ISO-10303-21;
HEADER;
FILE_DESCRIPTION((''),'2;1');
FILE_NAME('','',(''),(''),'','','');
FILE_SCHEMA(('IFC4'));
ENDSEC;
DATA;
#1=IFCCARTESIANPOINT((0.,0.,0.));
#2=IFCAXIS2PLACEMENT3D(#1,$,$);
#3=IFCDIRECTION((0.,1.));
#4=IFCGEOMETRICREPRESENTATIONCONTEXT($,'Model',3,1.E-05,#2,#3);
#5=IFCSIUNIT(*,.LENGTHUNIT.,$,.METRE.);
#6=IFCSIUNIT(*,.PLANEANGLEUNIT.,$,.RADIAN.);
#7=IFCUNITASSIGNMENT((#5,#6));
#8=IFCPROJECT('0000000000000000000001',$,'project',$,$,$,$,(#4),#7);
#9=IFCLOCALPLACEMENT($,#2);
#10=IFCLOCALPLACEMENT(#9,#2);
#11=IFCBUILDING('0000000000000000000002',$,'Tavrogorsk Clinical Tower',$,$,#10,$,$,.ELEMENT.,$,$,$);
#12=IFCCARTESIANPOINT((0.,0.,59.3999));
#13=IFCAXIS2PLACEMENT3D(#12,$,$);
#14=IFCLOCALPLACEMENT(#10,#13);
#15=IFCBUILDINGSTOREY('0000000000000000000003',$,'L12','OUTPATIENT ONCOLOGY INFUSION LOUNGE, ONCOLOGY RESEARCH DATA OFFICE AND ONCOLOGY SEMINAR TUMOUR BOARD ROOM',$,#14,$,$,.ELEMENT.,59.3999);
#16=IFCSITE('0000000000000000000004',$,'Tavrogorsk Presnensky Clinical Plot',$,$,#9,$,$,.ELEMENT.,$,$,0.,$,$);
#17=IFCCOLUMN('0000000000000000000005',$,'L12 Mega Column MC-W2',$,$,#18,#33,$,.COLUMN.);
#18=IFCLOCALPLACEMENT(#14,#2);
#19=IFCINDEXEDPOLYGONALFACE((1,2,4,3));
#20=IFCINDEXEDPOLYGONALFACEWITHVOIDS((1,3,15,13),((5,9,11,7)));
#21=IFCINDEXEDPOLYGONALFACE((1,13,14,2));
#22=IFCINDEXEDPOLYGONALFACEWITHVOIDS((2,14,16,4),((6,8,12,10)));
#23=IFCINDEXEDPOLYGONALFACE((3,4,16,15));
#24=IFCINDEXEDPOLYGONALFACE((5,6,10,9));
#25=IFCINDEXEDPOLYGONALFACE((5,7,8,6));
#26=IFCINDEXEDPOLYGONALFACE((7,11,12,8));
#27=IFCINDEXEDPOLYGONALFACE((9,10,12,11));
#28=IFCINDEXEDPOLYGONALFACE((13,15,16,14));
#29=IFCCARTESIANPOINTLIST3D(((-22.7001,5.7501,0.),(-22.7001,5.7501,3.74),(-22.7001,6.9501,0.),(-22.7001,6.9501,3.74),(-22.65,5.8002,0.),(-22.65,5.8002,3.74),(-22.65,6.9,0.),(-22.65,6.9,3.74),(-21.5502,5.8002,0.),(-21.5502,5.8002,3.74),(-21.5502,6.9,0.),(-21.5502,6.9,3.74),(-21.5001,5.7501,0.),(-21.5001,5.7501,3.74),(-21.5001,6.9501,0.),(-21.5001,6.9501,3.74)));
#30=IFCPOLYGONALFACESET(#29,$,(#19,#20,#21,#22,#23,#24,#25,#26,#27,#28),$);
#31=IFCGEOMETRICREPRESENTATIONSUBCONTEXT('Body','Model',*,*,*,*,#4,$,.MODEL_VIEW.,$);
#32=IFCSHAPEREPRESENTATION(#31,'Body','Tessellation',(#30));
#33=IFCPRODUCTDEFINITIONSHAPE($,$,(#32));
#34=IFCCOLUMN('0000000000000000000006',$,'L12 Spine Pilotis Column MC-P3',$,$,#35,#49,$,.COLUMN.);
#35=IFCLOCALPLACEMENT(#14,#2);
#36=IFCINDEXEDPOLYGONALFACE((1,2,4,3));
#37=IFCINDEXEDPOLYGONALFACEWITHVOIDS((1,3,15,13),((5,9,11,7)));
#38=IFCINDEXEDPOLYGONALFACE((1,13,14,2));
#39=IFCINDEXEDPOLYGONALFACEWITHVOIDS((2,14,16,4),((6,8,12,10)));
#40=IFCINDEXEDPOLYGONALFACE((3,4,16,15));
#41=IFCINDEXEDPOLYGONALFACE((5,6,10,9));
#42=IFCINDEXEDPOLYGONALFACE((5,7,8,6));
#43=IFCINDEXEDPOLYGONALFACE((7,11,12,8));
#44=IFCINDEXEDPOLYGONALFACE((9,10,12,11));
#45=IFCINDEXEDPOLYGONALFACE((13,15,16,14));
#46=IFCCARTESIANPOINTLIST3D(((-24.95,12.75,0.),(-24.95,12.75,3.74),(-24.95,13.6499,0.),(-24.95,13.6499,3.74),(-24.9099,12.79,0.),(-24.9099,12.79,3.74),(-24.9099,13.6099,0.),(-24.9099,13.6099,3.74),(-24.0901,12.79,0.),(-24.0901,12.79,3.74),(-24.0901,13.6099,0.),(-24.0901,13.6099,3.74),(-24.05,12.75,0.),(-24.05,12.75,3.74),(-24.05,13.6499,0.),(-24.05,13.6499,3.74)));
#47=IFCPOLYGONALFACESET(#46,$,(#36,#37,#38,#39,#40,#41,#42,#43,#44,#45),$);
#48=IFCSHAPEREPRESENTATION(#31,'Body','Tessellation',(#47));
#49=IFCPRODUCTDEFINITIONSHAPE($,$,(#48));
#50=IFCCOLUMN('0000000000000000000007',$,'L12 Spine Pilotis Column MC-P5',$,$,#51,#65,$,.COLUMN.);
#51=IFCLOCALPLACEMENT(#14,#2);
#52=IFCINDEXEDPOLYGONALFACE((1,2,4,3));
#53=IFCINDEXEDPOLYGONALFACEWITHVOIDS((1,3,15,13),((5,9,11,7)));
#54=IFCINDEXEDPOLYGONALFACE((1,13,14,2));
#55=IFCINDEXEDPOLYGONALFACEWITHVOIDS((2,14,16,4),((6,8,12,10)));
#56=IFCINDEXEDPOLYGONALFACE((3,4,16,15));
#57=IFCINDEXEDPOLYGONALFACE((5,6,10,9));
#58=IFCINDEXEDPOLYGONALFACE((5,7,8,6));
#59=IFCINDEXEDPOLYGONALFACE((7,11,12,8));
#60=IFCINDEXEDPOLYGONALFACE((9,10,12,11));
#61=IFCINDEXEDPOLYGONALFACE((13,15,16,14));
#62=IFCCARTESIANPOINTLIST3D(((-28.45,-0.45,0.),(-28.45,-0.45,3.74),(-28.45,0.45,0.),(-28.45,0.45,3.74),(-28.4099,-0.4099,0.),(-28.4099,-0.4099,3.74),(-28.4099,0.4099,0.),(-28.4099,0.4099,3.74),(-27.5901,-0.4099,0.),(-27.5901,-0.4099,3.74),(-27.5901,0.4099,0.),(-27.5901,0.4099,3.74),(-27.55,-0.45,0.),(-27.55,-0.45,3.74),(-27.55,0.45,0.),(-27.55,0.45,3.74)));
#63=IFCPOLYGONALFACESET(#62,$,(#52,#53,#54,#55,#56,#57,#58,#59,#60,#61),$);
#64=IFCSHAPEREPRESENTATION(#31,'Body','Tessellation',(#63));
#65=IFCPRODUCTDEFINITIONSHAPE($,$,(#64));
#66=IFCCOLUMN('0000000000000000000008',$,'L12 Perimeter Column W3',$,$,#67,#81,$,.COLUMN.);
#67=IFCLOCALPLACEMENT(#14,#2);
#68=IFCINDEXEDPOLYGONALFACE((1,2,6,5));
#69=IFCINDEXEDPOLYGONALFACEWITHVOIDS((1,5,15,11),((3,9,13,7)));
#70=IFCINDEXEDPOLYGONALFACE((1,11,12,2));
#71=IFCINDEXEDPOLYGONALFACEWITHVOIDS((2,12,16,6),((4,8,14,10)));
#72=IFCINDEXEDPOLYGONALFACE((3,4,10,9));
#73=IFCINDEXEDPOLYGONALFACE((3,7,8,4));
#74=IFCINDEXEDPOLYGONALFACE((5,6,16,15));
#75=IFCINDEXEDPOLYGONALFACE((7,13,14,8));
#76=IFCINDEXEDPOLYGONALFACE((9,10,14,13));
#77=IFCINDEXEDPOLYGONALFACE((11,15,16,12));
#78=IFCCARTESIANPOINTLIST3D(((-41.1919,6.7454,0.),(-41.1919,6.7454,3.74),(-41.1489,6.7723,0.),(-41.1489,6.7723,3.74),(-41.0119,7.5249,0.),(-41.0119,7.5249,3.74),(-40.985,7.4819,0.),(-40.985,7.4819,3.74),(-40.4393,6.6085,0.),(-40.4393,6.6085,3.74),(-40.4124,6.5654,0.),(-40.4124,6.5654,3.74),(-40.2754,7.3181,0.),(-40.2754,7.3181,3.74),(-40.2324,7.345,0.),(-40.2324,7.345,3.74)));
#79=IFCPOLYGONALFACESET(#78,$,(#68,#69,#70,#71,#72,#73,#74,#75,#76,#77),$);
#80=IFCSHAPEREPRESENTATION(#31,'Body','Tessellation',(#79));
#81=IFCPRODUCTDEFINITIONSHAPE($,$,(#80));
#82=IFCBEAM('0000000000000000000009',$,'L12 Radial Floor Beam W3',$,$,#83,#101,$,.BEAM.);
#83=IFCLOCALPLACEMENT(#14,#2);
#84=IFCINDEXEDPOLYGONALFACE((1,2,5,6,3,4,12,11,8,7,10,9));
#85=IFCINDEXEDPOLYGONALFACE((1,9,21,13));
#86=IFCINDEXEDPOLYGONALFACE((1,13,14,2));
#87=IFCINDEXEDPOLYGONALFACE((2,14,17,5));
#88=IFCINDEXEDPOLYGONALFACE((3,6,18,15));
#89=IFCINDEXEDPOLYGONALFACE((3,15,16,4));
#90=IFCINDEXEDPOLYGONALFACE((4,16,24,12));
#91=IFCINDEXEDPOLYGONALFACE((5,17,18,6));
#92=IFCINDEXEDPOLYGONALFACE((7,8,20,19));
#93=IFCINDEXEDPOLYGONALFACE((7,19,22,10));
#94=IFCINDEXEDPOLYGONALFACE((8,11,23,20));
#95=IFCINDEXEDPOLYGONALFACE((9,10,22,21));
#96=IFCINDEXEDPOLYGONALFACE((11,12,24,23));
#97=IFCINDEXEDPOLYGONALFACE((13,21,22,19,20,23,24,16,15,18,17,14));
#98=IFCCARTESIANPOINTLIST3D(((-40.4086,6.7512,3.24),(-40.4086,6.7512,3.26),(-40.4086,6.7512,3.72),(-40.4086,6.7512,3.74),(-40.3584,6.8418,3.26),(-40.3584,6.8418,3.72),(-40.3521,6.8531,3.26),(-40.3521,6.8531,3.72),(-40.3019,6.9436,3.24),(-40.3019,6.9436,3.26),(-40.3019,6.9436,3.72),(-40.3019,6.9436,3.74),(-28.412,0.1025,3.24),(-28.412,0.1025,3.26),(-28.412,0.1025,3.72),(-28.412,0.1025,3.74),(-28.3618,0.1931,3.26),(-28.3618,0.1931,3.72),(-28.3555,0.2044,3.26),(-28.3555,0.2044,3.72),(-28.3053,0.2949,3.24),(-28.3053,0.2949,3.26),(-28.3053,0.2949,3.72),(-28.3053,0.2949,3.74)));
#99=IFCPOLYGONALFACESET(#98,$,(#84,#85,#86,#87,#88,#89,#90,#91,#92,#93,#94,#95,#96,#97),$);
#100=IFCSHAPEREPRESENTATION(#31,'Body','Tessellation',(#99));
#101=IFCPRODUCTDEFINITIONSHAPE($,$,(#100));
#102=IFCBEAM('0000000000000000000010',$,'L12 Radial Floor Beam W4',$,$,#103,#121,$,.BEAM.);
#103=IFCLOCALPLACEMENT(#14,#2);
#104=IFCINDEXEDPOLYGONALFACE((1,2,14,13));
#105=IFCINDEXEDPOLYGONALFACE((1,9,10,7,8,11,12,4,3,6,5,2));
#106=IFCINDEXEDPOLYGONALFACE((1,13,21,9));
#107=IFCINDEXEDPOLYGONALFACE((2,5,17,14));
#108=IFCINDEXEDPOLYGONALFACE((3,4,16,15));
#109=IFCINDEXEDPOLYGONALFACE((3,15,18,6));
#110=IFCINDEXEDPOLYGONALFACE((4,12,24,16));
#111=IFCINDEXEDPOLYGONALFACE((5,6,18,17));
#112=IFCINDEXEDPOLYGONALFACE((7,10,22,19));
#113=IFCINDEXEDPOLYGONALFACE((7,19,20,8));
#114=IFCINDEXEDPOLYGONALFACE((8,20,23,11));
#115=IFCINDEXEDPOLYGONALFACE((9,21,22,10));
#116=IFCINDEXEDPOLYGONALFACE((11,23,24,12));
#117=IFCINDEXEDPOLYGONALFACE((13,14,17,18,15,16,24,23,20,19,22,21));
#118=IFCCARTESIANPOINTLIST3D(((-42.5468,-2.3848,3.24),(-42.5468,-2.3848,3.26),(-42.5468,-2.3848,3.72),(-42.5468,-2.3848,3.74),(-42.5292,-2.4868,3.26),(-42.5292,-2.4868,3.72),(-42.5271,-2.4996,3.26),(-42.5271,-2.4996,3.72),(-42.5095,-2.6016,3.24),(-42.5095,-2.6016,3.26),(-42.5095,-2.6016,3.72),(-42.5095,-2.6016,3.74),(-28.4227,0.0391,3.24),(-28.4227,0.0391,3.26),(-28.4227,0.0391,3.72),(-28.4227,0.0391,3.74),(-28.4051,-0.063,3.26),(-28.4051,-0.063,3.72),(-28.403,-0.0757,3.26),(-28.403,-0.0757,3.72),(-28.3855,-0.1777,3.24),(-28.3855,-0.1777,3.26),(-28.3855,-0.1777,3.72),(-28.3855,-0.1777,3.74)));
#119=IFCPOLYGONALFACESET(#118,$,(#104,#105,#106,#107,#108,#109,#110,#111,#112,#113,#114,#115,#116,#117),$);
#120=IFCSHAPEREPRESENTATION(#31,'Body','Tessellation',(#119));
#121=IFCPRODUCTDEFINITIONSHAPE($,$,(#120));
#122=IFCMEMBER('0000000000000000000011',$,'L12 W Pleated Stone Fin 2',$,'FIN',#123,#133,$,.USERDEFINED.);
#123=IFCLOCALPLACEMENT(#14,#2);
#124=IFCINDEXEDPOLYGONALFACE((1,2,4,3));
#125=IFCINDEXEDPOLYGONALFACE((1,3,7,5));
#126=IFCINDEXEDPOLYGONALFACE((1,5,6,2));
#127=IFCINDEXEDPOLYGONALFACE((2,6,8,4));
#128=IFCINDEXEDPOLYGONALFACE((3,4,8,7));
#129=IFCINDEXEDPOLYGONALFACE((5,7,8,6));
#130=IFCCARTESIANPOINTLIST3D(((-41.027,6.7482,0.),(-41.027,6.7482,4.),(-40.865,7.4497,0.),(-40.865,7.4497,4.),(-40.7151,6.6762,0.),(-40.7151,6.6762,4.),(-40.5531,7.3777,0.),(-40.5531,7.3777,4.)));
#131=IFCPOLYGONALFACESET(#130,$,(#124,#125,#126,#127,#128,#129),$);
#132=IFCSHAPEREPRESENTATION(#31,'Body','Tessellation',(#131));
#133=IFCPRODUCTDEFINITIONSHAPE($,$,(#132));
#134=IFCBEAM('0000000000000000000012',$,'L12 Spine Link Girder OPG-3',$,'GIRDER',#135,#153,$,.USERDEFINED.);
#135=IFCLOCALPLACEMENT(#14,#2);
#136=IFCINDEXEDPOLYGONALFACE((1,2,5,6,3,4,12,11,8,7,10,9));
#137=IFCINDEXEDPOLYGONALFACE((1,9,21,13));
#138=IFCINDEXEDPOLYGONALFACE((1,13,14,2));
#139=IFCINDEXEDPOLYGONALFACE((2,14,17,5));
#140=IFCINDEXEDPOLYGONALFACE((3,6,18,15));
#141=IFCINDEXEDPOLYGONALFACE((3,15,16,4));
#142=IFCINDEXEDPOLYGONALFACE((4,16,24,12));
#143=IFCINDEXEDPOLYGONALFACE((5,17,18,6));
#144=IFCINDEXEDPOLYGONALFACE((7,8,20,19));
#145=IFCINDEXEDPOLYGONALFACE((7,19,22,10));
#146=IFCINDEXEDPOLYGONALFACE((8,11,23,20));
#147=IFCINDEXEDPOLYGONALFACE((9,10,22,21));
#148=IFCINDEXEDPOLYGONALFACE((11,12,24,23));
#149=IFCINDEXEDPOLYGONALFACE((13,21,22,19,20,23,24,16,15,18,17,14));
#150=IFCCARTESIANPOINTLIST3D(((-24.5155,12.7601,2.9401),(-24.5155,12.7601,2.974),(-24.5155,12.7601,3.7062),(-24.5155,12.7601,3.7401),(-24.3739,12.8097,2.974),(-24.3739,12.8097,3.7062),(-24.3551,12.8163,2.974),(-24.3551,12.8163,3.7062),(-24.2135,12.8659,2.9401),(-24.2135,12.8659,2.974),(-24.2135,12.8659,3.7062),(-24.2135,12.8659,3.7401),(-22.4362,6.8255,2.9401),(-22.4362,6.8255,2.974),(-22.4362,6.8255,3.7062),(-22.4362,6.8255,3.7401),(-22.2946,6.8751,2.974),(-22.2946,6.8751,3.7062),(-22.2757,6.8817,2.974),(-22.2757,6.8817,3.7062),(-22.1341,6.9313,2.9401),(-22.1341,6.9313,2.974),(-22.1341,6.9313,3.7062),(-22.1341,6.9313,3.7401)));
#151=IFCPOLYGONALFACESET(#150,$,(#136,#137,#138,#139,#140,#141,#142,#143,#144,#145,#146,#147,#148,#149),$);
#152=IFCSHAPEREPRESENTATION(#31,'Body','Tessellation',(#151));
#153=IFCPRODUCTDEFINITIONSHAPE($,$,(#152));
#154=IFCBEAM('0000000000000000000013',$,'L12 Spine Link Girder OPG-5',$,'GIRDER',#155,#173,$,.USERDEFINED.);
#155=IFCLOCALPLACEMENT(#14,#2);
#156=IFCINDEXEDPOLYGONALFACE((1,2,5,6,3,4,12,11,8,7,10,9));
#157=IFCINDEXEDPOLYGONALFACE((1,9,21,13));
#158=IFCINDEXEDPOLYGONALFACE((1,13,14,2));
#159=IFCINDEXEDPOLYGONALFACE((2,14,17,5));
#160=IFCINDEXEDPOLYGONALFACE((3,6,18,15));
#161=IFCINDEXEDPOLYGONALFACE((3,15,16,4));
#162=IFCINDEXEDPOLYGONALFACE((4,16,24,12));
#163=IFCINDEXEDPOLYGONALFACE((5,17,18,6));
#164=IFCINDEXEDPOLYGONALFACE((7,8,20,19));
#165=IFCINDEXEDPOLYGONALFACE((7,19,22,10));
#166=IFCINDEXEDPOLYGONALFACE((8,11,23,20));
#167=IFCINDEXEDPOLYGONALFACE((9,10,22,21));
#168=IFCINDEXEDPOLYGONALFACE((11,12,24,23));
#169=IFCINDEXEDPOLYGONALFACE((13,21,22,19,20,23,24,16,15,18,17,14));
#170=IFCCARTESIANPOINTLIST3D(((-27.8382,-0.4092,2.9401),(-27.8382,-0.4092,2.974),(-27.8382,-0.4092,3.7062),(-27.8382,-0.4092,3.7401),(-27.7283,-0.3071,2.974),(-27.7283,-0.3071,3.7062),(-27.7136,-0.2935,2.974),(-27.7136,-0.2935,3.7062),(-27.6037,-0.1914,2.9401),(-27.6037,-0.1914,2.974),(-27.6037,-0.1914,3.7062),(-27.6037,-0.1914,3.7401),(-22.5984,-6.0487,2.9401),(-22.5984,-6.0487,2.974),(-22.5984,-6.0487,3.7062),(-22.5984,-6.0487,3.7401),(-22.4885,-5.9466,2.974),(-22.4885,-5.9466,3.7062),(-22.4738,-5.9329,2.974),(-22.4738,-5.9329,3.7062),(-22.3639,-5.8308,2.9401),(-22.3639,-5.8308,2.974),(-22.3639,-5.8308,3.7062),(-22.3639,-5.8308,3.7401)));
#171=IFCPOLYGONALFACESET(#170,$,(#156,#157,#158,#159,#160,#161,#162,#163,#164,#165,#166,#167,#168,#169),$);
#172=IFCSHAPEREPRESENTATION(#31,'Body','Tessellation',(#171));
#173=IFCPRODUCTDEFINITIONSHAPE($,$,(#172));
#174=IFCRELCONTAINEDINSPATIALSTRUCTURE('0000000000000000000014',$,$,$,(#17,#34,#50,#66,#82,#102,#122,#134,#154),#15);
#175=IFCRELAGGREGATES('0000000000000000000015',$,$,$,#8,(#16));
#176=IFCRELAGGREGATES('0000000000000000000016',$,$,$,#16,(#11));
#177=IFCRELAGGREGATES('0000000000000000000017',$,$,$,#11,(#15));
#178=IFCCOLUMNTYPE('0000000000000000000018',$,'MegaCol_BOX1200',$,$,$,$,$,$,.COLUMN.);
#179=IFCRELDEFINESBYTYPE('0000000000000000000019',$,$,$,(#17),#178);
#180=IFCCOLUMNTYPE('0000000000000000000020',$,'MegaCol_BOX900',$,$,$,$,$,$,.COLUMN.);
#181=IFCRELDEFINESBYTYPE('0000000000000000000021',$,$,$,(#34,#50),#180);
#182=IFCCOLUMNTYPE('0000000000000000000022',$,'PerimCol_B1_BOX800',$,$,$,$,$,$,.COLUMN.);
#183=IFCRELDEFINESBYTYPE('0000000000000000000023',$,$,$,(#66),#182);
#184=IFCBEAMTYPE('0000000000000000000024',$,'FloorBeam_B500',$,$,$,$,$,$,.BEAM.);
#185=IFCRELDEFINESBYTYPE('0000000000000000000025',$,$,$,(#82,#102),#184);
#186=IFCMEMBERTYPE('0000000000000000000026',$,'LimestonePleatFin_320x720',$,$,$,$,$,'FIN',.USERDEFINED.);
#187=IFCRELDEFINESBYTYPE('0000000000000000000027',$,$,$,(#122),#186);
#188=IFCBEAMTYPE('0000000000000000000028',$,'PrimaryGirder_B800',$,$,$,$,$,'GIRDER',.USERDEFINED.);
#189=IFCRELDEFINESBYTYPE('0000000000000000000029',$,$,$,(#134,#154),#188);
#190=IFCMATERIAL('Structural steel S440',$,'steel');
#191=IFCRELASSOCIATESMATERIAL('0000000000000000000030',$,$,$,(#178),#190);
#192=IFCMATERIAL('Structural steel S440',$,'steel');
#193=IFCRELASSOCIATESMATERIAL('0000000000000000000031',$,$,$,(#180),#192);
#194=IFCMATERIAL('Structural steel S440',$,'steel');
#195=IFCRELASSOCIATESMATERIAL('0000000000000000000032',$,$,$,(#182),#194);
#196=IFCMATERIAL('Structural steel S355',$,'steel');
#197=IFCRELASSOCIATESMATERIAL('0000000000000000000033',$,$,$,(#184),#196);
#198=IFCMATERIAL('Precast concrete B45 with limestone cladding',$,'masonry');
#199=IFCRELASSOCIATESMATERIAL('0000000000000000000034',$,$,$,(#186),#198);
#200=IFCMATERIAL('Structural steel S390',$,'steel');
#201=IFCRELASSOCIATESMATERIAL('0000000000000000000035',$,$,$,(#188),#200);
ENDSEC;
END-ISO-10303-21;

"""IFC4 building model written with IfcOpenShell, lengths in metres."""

from ifc_helpers import new_model, si_unit, direction, frame, origin, origin_2d, place, context, subcontext, project, spatial, rectangle, hollow_rectangle, i_section, extrude, material, material_profile, profile_set, type_object, element, save


model = new_model("IFC4")

# Units and contexts
model_context = context("Model", 3, precision=1e-05, world=origin(), true_north=direction((0.0, 1.0)))
body_context = subcontext(model_context, "Body", "Model", "MODEL_VIEW")
ifc_project = project(units=[si_unit("LENGTHUNIT", "METRE"), si_unit("PLANEANGLEUNIT", "RADIAN")], contexts=[model_context])

# Site, building, storey
site_placement = place(None, origin())
site = spatial("IfcSite", under=ifc_project, at=site_placement, Name="Tavrogorsk Presnensky Clinical Plot", CompositionType="ELEMENT", RefElevation=0.0)
building_placement = place(site_placement, origin())
building = spatial("IfcBuilding", under=site, at=building_placement, Name="Tavrogorsk Clinical Tower", CompositionType="ELEMENT")
storey_placement = place(building_placement, frame((0.0, 0.0, 59.3999)))
storey = spatial("IfcBuildingStorey", under=building, at=storey_placement, Name="L12", Description="OUTPATIENT ONCOLOGY INFUSION LOUNGE, ONCOLOGY RESEARCH DATA OFFICE AND ONCOLOGY SEMINAR TUMOUR BOARD ROOM", CompositionType="ELEMENT", Elevation=59.3999)

# Columns
ifc_material_1 = material(Name="Structural steel S440", Category="steel")
ifc_material_profile_1 = material_profile(ifc_material_1, hollow_rectangle(XDim=1.2, YDim=1.2, WallThickness=0.05, at=origin_2d()), Name="BOX-1200x1200x50")
ifc_profile_set_1 = profile_set([ifc_material_profile_1], Name="Structural steel S440")
column_type_1 = type_object("IfcColumnType", Name="MegaCol_BOX1200", PredefinedType="COLUMN", material=ifc_profile_set_1)
column_1_placement = place(storey_placement, frame((-22.1001, 6.3501, 0.0), z_axis=(0.0, 0.0, 1.0), x_axis=(1.0, 0.0, 0.0)))
element("IfcColumn", 1, at=column_1_placement, inside=storey, type_object=column_type_1, Name="L12 Mega Column MC-W2", PredefinedType="COLUMN", context=body_context, shape_type="SweptSolid", body=[
    extrude(hollow_rectangle(XDim=1.2, YDim=1.2, WallThickness=0.05, at=origin_2d()), origin(), (0.0, 0.0, 1.0), 3.74),
])
ifc_material_2 = material(Name="Structural steel S440", Category="steel")
ifc_material_profile_2 = material_profile(ifc_material_2, hollow_rectangle(XDim=0.8999, YDim=0.8999, WallThickness=0.04, at=origin_2d()), Name="BOX-900x900x40")
ifc_profile_set_2 = profile_set([ifc_material_profile_2], Name="Structural steel S440")
column_type_2 = type_object("IfcColumnType", Name="MegaCol_BOX900", PredefinedType="COLUMN", material=ifc_profile_set_2)
for number, where, z_axis, x_axis, name in (
    (2, (-24.5, 13.2, 0.0), (0.0, 0.0, 1.0), (1.0, 0.0, 0.0), "L12 Spine Pilotis Column MC-P3"),
    (3, (-28.0, 0.0, 0.0), (0.0, 0.0, 1.0), (1.0, 0.0, 0.0), "L12 Spine Pilotis Column MC-P5"),
):
    element("IfcColumn", number, at=place(storey_placement, frame(where, z_axis=z_axis, x_axis=x_axis)), inside=storey, type_object=column_type_2, Name=name, PredefinedType="COLUMN", context=body_context, shape_type="SweptSolid", body=[
        extrude(hollow_rectangle(XDim=0.8999, YDim=0.8999, WallThickness=0.04, at=origin_2d()), origin(), (0.0, 0.0, 1.0), 3.74),
    ])
ifc_material_3 = material(Name="Structural steel S440", Category="steel")
ifc_material_profile_3 = material_profile(ifc_material_3, hollow_rectangle(XDim=0.8, YDim=0.8, WallThickness=0.0359, at=origin_2d()), Name="BOX-800x800x36")
ifc_profile_set_3 = profile_set([ifc_material_profile_3], Name="Structural steel S440")
column_type_3 = type_object("IfcColumnType", Name="PerimCol_B1_BOX800", PredefinedType="COLUMN", material=ifc_profile_set_3)
column_2_placement = place(storey_placement, frame((-40.7122, 7.0452, 0.0), z_axis=(0.0, 0.0, 1.0), x_axis=(0.97437, -0.224951, 0.0)))
element("IfcColumn", 4, at=column_2_placement, inside=storey, type_object=column_type_3, Name="L12 Perimeter Column W3", PredefinedType="COLUMN", context=body_context, shape_type="SweptSolid", body=[
    extrude(hollow_rectangle(XDim=0.8, YDim=0.8, WallThickness=0.0359, at=origin_2d()), origin(), (0.0, 0.0, 1.0), 3.74),
])

# Beams
ifc_material_4 = material(Name="Structural steel S355", Category="steel")
ifc_material_profile_4 = material_profile(ifc_material_4, i_section(OverallWidth=0.22, OverallDepth=0.5, WebThickness=0.0129, FlangeThickness=0.02, at=origin_2d()), Name="B-500x220x13x20")
ifc_profile_set_4 = profile_set([ifc_material_profile_4], Name="Structural steel S355")
beam_type_1 = type_object("IfcBeamType", Name="FloorBeam_B500", PredefinedType="BEAM", material=ifc_profile_set_4)
beam_1_placement = place(storey_placement, frame((-28.3586, 0.1987, 3.49), z_axis=(-0.874655, 0.484746, 0.0), x_axis=(-0.484746, -0.874655, 0.0)))
element("IfcBeam", 5, at=beam_1_placement, inside=storey, type_object=beam_type_1, Name="L12 Radial Floor Beam W3", PredefinedType="BEAM", context=body_context, shape_type="SweptSolid", body=[
    extrude(i_section(OverallWidth=0.22, OverallDepth=0.5, WebThickness=0.0129, FlangeThickness=0.02, at=origin_2d()), origin(), (0.0, 0.0, 1.0), 13.7158),
])
beam_2_placement = place(storey_placement, frame((-28.4041, -0.0693, 3.49), z_axis=(-0.985592, -0.169138, 0.0), x_axis=(0.169138, -0.985592, 0.0)))
element("IfcBeam", 6, at=beam_2_placement, inside=storey, type_object=beam_type_1, Name="L12 Radial Floor Beam W4", PredefinedType="BEAM", context=body_context, shape_type="SweptSolid", body=[
    extrude(i_section(OverallWidth=0.22, OverallDepth=0.5, WebThickness=0.0129, FlangeThickness=0.02, at=origin_2d()), origin(), (0.0, 0.0, 1.0), 14.3306),
])

# Member
ifc_material_5 = material(Name="Precast concrete B45 with limestone cladding", Category="masonry")
ifc_material_profile_5 = material_profile(ifc_material_5, rectangle(XDim=0.3201, YDim=0.72, at=origin_2d()), Name="LIMESTONE-FIN-320x720")
ifc_profile_set_5 = profile_set([ifc_material_profile_5], Name="Precast concrete B45 with limestone cladding")
member_type = type_object("IfcMemberType", Name="LimestonePleatFin_320x720", ElementType="FIN", PredefinedType="USERDEFINED", material=ifc_profile_set_5)
member_placement = place(storey_placement, frame((-40.79, 7.063, 0.0), z_axis=(0.0, 0.0, 1.0), x_axis=(0.97437, -0.224951, 0.0)))
element("IfcMember", 7, at=member_placement, inside=storey, type_object=member_type, Name="L12 W Pleated Stone Fin 2", ObjectType="FIN", PredefinedType="USERDEFINED", context=body_context, shape_type="SweptSolid", body=[
    extrude(rectangle(XDim=0.3201, YDim=0.72, at=origin_2d()), origin(), (0.0, 0.0, 1.0), 4.0),
])

# Beams
ifc_material_6 = material(Name="Structural steel S390", Category="steel")
ifc_material_profile_6 = material_profile(ifc_material_6, i_section(OverallWidth=0.3201, OverallDepth=0.8, WebThickness=0.02, FlangeThickness=0.0339, at=origin_2d()), Name="B-800x320x20x34")
ifc_profile_set_6 = profile_set([ifc_material_profile_6], Name="Structural steel S390")
beam_type_2 = type_object("IfcBeamType", Name="PrimaryGirder_B800", ElementType="GIRDER", PredefinedType="USERDEFINED", material=ifc_profile_set_6)
beam_3_placement = place(storey_placement, frame((-24.3645, 12.813, 3.3401), z_axis=(0.330669, -0.943747, 0.0), x_axis=(0.943747, 0.330669, 0.0)))
element("IfcBeam", 8, at=beam_3_placement, inside=storey, type_object=beam_type_2, Name="L12 Spine Link Girder OPG-3", ObjectType="GIRDER", PredefinedType="USERDEFINED", context=body_context, shape_type="SweptSolid", body=[
    extrude(i_section(OverallWidth=0.3201, OverallDepth=0.8, WebThickness=0.02, FlangeThickness=0.0339, at=origin_2d()), origin(), (0.0, 0.0, 1.0), 6.2883),
])
for number, where, z_axis, x_axis, name in (
    (9, (-27.7209, -0.3003, 3.3401), (0.680671, -0.732589, 0.0), (0.732589, 0.680671, 0.0), "L12 Spine Link Girder OPG-5"),
):
    element("IfcBeam", number, at=place(storey_placement, frame(where, z_axis=z_axis, x_axis=x_axis)), inside=storey, type_object=beam_type_2, Name=name, ObjectType="GIRDER", PredefinedType="USERDEFINED", context=body_context, shape_type="SweptSolid", body=[
        extrude(i_section(OverallWidth=0.3201, OverallDepth=0.8, WebThickness=0.02, FlangeThickness=0.0339, at=origin_2d()), origin(), (0.0, 0.0, 1.0), 7.698),
    ])

save(model, "model.ifc")
